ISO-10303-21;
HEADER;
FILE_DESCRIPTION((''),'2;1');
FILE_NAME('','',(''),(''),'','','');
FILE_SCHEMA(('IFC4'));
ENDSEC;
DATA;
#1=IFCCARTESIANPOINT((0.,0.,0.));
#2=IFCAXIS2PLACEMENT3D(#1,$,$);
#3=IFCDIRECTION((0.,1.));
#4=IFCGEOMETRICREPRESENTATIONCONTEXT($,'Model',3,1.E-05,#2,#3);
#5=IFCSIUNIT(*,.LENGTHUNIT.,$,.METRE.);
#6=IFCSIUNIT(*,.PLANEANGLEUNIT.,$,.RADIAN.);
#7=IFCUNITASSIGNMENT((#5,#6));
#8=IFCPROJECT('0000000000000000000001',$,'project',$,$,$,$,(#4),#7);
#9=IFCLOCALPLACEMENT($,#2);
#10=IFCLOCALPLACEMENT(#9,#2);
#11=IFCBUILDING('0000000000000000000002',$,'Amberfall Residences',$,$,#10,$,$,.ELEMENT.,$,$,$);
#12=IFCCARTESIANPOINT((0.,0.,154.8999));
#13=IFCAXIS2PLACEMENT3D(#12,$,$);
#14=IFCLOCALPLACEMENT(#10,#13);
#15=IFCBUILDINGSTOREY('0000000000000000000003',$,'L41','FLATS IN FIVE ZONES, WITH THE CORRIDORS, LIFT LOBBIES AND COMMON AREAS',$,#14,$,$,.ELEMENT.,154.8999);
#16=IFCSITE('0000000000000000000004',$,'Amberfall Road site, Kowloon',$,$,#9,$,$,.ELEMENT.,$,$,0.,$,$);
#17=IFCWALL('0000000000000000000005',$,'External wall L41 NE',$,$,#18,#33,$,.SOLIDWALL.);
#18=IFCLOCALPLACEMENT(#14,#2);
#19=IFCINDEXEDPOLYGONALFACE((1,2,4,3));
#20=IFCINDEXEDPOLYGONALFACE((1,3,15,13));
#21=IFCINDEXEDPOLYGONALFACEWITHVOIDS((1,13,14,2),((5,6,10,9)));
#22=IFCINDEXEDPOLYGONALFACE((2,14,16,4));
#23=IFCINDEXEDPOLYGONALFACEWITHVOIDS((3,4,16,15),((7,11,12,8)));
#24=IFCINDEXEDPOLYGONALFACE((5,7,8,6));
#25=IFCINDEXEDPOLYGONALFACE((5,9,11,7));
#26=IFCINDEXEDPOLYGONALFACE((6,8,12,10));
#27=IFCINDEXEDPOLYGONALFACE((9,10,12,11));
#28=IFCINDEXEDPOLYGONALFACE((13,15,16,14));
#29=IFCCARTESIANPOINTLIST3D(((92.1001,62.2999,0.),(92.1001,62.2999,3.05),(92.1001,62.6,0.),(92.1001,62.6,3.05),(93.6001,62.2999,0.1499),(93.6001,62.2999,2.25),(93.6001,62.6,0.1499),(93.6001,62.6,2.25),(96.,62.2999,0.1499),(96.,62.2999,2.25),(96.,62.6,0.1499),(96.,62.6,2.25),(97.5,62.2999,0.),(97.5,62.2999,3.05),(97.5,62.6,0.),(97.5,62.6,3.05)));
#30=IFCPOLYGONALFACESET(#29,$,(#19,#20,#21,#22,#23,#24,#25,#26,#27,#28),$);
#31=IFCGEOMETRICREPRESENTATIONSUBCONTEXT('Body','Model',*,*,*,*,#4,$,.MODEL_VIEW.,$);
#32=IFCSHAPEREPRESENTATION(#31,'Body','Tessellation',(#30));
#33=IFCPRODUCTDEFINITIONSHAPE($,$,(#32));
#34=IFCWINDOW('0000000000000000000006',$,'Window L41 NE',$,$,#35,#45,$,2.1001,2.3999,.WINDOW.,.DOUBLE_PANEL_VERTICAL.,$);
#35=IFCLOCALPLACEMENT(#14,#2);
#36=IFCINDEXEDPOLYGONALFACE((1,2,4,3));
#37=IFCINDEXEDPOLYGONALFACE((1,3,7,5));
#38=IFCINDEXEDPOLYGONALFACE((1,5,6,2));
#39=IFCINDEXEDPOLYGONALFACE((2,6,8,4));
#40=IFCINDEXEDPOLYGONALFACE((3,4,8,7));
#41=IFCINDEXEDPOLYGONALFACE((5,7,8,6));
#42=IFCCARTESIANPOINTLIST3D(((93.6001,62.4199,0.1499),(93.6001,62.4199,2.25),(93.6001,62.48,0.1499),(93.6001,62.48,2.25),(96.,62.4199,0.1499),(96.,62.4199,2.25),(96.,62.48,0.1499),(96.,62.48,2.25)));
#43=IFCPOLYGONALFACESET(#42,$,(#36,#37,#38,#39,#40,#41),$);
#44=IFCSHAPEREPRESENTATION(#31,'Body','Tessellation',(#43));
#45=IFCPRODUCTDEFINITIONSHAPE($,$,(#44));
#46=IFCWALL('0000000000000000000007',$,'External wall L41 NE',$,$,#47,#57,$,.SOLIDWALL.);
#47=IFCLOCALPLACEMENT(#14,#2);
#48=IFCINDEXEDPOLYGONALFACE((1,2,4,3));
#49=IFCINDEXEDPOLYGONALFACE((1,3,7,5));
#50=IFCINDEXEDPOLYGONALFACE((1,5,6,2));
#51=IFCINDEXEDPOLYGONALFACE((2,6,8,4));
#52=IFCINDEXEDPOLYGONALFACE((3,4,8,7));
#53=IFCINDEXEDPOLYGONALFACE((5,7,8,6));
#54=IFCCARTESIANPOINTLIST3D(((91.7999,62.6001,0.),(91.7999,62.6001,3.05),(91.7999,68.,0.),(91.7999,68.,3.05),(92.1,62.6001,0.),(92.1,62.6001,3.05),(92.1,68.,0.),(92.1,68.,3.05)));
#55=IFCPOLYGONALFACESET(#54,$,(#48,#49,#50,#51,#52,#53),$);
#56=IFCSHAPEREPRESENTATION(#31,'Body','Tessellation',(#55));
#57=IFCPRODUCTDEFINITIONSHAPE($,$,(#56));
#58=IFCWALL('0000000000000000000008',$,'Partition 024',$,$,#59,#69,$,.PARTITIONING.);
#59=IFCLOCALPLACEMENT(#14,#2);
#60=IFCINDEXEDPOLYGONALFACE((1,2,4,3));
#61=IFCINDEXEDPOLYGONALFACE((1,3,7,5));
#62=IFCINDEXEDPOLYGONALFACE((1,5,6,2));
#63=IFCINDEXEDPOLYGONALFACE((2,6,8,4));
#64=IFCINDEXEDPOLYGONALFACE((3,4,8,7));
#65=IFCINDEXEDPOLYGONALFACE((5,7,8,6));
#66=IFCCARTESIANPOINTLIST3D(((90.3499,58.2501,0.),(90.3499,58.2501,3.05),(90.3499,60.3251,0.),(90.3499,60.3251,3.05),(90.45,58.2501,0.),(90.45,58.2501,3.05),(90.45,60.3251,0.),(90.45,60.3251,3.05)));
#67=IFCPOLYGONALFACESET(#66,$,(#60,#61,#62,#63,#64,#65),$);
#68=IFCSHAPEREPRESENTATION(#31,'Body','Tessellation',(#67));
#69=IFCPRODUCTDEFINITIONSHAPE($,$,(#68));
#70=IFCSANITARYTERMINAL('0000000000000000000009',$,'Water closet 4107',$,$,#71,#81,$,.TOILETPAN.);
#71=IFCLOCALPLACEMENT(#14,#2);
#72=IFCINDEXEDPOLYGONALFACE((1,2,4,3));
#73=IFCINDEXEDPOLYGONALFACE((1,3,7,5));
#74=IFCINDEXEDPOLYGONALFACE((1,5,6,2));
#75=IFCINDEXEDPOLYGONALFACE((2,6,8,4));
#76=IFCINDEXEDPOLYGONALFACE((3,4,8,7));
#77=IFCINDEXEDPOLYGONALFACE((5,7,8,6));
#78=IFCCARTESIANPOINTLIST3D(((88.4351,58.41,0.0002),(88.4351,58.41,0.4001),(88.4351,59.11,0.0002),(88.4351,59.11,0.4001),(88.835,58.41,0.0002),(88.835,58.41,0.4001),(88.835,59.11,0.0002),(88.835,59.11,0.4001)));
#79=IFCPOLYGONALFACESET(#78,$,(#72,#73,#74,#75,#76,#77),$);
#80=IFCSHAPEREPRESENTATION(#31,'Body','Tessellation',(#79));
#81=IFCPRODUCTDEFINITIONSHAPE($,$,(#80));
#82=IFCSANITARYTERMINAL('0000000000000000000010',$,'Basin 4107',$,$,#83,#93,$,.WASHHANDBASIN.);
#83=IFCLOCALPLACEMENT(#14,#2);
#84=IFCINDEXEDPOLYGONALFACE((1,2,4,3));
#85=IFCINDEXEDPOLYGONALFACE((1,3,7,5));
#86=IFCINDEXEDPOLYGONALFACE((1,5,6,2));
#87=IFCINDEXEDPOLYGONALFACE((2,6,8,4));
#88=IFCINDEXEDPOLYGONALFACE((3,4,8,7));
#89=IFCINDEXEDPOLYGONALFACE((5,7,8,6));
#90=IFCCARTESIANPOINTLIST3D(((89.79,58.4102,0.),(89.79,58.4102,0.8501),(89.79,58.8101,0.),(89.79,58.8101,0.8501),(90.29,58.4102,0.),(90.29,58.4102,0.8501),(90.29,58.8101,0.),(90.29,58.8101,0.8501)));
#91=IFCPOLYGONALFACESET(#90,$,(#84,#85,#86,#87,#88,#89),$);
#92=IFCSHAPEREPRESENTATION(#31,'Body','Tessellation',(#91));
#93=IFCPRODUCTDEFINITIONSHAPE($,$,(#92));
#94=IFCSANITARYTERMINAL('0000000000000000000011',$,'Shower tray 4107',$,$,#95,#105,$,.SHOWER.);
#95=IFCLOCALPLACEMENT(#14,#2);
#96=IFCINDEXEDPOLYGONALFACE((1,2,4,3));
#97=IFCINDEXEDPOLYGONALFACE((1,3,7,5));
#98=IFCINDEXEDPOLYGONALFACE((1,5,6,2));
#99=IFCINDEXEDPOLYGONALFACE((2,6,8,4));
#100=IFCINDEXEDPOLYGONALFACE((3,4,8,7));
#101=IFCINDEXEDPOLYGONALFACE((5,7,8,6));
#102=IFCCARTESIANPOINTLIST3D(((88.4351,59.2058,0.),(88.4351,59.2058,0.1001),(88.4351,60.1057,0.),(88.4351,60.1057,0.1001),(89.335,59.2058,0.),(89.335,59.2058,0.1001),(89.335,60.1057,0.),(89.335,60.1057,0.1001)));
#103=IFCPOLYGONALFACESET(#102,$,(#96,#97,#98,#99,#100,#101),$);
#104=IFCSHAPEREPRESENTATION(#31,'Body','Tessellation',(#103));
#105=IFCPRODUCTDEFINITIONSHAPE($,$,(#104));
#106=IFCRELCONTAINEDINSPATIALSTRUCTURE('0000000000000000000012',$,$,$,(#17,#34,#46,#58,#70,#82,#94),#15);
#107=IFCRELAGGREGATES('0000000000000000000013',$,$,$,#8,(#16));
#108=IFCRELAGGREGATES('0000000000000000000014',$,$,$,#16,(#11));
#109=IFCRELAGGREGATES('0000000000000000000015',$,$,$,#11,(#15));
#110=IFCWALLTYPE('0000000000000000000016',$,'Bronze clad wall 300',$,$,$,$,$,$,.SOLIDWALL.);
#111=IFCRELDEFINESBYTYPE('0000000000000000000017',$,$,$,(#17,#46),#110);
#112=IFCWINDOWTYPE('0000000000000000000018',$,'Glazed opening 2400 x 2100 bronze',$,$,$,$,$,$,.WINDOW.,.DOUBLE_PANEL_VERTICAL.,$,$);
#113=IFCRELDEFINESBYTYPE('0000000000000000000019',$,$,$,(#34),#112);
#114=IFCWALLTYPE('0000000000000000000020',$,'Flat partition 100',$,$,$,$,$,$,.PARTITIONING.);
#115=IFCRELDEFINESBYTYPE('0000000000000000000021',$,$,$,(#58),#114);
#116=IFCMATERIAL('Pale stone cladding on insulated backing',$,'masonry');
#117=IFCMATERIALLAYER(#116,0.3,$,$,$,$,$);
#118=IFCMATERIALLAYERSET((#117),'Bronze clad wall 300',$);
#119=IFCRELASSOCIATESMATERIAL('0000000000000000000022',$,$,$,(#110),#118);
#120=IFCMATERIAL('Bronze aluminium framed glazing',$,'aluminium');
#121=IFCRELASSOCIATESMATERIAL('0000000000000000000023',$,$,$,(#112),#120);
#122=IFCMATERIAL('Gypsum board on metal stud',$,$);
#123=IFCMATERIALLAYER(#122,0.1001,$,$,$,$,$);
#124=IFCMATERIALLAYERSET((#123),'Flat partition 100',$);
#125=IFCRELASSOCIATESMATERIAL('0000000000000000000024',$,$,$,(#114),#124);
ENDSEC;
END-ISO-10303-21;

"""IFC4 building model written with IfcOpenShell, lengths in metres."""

from ifc_helpers import new_model, si_unit, direction, frame, frame_2d, origin, origin_2d, place, context, subcontext, project, spatial, rectangle, extrude, material, layer, layer_set, type_object, element, fill, save


model = new_model("IFC4")

# Units and contexts
model_context = context("Model", 3, precision=1e-05, world=origin(), true_north=direction((0.0, 1.0)))
body_context = subcontext(model_context, "Body", "Model", "MODEL_VIEW")
ifc_project = project(units=[si_unit("LENGTHUNIT", "METRE"), si_unit("PLANEANGLEUNIT", "RADIAN")], contexts=[model_context])

# Site, building, storey
site_placement = place(None, origin())
site = spatial("IfcSite", under=ifc_project, at=site_placement, Name="Amberfall Road site, Kowloon", CompositionType="ELEMENT", RefElevation=0.0)
building_placement = place(site_placement, origin())
building = spatial("IfcBuilding", under=site, at=building_placement, Name="Amberfall Residences", CompositionType="ELEMENT")
storey_placement = place(building_placement, frame((0.0, 0.0, 154.8999)))
storey = spatial("IfcBuildingStorey", under=building, at=storey_placement, Name="L41", Description="FLATS IN FIVE ZONES, WITH THE CORRIDORS, LIFT LOBBIES AND COMMON AREAS", CompositionType="ELEMENT", Elevation=154.8999)

# Wall, opening, window
ifc_material_1 = material(Name="Pale stone cladding on insulated backing", Category="masonry")
ifc_layer_1 = layer(ifc_material_1, 0.3)
ifc_layer_set_1 = layer_set([ifc_layer_1], Name="Bronze clad wall 300")
wall_type_1 = type_object("IfcWallType", Name="Bronze clad wall 300", PredefinedType="SOLIDWALL", material=ifc_layer_set_1)
wall_1_placement = place(storey_placement, frame((97.5, 62.45, 0.0), z_axis=(0.0, 0.0, 1.0), x_axis=(-1.0, 0.0, 0.0)))
wall_1 = element("IfcWall", 1, at=wall_1_placement, inside=storey, type_object=wall_type_1, Name="External wall L41 NE", PredefinedType="SOLIDWALL", context=body_context, shape_type="SweptSolid", body=[
    extrude(rectangle(XDim=5.3999, YDim=0.3, at=frame_2d((2.7, 0.0))), origin(), (0.0, 0.0, 1.0), 3.05),
])
opening_placement = place(wall_1_placement, frame((1.5, 0.0, 0.1499)))
opening = element("IfcOpeningElement", 2, at=opening_placement, cuts=wall_1, PredefinedType="OPENING", context=body_context, shape_type="SweptSolid", body=[
    extrude(rectangle(XDim=2.3999, YDim=2.1001, at=frame_2d((1.2, 1.05))), frame((0.0, 0.1599, 0.0), z_axis=(0.0, -1.0, 0.0), x_axis=(1.0, 0.0, 0.0)), (0.0, 0.0, 1.0), 0.3201),
])
ifc_material_2 = material(Name="Bronze aluminium framed glazing", Category="aluminium")
window_type = type_object("IfcWindowType", Name="Glazed opening 2400 x 2100 bronze", PartitioningType="DOUBLE_PANEL_VERTICAL", PredefinedType="WINDOW", material=ifc_material_2)
window_placement = place(opening_placement, origin())
window = element("IfcWindow", 3, at=window_placement, inside=storey, type_object=window_type, Name="Window L41 NE", OverallHeight=2.1001, OverallWidth=2.3999, PartitioningType="DOUBLE_PANEL_VERTICAL", PredefinedType="WINDOW", context=body_context, shape_type="SweptSolid", body=[
    extrude(rectangle(XDim=2.3999, YDim=2.1001, at=frame_2d((1.2, 1.05))), frame((0.0, 0.03, 0.0), z_axis=(0.0, -1.0, 0.0), x_axis=(1.0, 0.0, 0.0)), (0.0, 0.0, 1.0), 0.0601),
])
fill(opening, window)

# Walls
wall_2_placement = place(storey_placement, frame((91.95, 62.6001, 0.0), z_axis=(0.0, 0.0, 1.0), x_axis=(0.0, 1.0, 0.0)))
element("IfcWall", 4, at=wall_2_placement, inside=storey, type_object=wall_type_1, Name="External wall L41 NE", PredefinedType="SOLIDWALL", context=body_context, shape_type="SweptSolid", body=[
    extrude(rectangle(XDim=5.3999, YDim=0.3, at=frame_2d((2.7, 0.0))), origin(), (0.0, 0.0, 1.0), 3.05),
])
ifc_material_3 = material(Name="Gypsum board on metal stud")
ifc_layer_2 = layer(ifc_material_3, 0.1001)
ifc_layer_set_2 = layer_set([ifc_layer_2], Name="Flat partition 100")
wall_type_2 = type_object("IfcWallType", Name="Flat partition 100", PredefinedType="PARTITIONING", material=ifc_layer_set_2)
wall_3_placement = place(storey_placement, frame((90.3999, 58.25, 0.0), z_axis=(0.0, 0.0, 1.0), x_axis=(0.0, 1.0, 0.0)))
element("IfcWall", 5, at=wall_3_placement, inside=storey, type_object=wall_type_2, Name="Partition 024", PredefinedType="PARTITIONING", context=body_context, shape_type="SweptSolid", body=[
    extrude(rectangle(XDim=2.075, YDim=0.1001, at=frame_2d((1.0376, 0.0))), origin(), (0.0, 0.0, 1.0), 3.05),
])

# Sanitary terminals
sanitary_terminal_1_placement = place(storey_placement, frame((88.635, 58.76, 0.0002), z_axis=(0.0, 0.0, 1.0), x_axis=(1.0, 0.0, 0.0)))
element("IfcSanitaryTerminal", 6, at=sanitary_terminal_1_placement, inside=storey, Name="Water closet 4107", PredefinedType="TOILETPAN", context=body_context, shape_type="SweptSolid", body=[
    extrude(rectangle(XDim=0.3999, YDim=0.7, at=origin_2d()), origin(), (0.0, 0.0, 1.0), 0.3999),
])
sanitary_terminal_2_placement = place(storey_placement, frame((90.04, 58.6101, 0.0), z_axis=(0.0, 0.0, 1.0), x_axis=(1.0, 0.0, 0.0)))
element("IfcSanitaryTerminal", 7, at=sanitary_terminal_2_placement, inside=storey, Name="Basin 4107", PredefinedType="WASHHANDBASIN", context=body_context, shape_type="SweptSolid", body=[
    extrude(rectangle(XDim=0.5, YDim=0.3999, at=origin_2d()), origin(), (0.0, 0.0, 1.0), 0.8501),
])
sanitary_terminal_3_placement = place(storey_placement, frame((88.885, 59.6558, 0.0), z_axis=(0.0, 0.0, 1.0), x_axis=(1.0, 0.0, 0.0)))
element("IfcSanitaryTerminal", 8, at=sanitary_terminal_3_placement, inside=storey, Name="Shower tray 4107", PredefinedType="SHOWER", context=body_context, shape_type="SweptSolid", body=[
    extrude(rectangle(XDim=0.8999, YDim=0.8999, at=origin_2d()), origin(), (0.0, 0.0, 1.0), 0.1001),
])

save(model, "model.ifc")
